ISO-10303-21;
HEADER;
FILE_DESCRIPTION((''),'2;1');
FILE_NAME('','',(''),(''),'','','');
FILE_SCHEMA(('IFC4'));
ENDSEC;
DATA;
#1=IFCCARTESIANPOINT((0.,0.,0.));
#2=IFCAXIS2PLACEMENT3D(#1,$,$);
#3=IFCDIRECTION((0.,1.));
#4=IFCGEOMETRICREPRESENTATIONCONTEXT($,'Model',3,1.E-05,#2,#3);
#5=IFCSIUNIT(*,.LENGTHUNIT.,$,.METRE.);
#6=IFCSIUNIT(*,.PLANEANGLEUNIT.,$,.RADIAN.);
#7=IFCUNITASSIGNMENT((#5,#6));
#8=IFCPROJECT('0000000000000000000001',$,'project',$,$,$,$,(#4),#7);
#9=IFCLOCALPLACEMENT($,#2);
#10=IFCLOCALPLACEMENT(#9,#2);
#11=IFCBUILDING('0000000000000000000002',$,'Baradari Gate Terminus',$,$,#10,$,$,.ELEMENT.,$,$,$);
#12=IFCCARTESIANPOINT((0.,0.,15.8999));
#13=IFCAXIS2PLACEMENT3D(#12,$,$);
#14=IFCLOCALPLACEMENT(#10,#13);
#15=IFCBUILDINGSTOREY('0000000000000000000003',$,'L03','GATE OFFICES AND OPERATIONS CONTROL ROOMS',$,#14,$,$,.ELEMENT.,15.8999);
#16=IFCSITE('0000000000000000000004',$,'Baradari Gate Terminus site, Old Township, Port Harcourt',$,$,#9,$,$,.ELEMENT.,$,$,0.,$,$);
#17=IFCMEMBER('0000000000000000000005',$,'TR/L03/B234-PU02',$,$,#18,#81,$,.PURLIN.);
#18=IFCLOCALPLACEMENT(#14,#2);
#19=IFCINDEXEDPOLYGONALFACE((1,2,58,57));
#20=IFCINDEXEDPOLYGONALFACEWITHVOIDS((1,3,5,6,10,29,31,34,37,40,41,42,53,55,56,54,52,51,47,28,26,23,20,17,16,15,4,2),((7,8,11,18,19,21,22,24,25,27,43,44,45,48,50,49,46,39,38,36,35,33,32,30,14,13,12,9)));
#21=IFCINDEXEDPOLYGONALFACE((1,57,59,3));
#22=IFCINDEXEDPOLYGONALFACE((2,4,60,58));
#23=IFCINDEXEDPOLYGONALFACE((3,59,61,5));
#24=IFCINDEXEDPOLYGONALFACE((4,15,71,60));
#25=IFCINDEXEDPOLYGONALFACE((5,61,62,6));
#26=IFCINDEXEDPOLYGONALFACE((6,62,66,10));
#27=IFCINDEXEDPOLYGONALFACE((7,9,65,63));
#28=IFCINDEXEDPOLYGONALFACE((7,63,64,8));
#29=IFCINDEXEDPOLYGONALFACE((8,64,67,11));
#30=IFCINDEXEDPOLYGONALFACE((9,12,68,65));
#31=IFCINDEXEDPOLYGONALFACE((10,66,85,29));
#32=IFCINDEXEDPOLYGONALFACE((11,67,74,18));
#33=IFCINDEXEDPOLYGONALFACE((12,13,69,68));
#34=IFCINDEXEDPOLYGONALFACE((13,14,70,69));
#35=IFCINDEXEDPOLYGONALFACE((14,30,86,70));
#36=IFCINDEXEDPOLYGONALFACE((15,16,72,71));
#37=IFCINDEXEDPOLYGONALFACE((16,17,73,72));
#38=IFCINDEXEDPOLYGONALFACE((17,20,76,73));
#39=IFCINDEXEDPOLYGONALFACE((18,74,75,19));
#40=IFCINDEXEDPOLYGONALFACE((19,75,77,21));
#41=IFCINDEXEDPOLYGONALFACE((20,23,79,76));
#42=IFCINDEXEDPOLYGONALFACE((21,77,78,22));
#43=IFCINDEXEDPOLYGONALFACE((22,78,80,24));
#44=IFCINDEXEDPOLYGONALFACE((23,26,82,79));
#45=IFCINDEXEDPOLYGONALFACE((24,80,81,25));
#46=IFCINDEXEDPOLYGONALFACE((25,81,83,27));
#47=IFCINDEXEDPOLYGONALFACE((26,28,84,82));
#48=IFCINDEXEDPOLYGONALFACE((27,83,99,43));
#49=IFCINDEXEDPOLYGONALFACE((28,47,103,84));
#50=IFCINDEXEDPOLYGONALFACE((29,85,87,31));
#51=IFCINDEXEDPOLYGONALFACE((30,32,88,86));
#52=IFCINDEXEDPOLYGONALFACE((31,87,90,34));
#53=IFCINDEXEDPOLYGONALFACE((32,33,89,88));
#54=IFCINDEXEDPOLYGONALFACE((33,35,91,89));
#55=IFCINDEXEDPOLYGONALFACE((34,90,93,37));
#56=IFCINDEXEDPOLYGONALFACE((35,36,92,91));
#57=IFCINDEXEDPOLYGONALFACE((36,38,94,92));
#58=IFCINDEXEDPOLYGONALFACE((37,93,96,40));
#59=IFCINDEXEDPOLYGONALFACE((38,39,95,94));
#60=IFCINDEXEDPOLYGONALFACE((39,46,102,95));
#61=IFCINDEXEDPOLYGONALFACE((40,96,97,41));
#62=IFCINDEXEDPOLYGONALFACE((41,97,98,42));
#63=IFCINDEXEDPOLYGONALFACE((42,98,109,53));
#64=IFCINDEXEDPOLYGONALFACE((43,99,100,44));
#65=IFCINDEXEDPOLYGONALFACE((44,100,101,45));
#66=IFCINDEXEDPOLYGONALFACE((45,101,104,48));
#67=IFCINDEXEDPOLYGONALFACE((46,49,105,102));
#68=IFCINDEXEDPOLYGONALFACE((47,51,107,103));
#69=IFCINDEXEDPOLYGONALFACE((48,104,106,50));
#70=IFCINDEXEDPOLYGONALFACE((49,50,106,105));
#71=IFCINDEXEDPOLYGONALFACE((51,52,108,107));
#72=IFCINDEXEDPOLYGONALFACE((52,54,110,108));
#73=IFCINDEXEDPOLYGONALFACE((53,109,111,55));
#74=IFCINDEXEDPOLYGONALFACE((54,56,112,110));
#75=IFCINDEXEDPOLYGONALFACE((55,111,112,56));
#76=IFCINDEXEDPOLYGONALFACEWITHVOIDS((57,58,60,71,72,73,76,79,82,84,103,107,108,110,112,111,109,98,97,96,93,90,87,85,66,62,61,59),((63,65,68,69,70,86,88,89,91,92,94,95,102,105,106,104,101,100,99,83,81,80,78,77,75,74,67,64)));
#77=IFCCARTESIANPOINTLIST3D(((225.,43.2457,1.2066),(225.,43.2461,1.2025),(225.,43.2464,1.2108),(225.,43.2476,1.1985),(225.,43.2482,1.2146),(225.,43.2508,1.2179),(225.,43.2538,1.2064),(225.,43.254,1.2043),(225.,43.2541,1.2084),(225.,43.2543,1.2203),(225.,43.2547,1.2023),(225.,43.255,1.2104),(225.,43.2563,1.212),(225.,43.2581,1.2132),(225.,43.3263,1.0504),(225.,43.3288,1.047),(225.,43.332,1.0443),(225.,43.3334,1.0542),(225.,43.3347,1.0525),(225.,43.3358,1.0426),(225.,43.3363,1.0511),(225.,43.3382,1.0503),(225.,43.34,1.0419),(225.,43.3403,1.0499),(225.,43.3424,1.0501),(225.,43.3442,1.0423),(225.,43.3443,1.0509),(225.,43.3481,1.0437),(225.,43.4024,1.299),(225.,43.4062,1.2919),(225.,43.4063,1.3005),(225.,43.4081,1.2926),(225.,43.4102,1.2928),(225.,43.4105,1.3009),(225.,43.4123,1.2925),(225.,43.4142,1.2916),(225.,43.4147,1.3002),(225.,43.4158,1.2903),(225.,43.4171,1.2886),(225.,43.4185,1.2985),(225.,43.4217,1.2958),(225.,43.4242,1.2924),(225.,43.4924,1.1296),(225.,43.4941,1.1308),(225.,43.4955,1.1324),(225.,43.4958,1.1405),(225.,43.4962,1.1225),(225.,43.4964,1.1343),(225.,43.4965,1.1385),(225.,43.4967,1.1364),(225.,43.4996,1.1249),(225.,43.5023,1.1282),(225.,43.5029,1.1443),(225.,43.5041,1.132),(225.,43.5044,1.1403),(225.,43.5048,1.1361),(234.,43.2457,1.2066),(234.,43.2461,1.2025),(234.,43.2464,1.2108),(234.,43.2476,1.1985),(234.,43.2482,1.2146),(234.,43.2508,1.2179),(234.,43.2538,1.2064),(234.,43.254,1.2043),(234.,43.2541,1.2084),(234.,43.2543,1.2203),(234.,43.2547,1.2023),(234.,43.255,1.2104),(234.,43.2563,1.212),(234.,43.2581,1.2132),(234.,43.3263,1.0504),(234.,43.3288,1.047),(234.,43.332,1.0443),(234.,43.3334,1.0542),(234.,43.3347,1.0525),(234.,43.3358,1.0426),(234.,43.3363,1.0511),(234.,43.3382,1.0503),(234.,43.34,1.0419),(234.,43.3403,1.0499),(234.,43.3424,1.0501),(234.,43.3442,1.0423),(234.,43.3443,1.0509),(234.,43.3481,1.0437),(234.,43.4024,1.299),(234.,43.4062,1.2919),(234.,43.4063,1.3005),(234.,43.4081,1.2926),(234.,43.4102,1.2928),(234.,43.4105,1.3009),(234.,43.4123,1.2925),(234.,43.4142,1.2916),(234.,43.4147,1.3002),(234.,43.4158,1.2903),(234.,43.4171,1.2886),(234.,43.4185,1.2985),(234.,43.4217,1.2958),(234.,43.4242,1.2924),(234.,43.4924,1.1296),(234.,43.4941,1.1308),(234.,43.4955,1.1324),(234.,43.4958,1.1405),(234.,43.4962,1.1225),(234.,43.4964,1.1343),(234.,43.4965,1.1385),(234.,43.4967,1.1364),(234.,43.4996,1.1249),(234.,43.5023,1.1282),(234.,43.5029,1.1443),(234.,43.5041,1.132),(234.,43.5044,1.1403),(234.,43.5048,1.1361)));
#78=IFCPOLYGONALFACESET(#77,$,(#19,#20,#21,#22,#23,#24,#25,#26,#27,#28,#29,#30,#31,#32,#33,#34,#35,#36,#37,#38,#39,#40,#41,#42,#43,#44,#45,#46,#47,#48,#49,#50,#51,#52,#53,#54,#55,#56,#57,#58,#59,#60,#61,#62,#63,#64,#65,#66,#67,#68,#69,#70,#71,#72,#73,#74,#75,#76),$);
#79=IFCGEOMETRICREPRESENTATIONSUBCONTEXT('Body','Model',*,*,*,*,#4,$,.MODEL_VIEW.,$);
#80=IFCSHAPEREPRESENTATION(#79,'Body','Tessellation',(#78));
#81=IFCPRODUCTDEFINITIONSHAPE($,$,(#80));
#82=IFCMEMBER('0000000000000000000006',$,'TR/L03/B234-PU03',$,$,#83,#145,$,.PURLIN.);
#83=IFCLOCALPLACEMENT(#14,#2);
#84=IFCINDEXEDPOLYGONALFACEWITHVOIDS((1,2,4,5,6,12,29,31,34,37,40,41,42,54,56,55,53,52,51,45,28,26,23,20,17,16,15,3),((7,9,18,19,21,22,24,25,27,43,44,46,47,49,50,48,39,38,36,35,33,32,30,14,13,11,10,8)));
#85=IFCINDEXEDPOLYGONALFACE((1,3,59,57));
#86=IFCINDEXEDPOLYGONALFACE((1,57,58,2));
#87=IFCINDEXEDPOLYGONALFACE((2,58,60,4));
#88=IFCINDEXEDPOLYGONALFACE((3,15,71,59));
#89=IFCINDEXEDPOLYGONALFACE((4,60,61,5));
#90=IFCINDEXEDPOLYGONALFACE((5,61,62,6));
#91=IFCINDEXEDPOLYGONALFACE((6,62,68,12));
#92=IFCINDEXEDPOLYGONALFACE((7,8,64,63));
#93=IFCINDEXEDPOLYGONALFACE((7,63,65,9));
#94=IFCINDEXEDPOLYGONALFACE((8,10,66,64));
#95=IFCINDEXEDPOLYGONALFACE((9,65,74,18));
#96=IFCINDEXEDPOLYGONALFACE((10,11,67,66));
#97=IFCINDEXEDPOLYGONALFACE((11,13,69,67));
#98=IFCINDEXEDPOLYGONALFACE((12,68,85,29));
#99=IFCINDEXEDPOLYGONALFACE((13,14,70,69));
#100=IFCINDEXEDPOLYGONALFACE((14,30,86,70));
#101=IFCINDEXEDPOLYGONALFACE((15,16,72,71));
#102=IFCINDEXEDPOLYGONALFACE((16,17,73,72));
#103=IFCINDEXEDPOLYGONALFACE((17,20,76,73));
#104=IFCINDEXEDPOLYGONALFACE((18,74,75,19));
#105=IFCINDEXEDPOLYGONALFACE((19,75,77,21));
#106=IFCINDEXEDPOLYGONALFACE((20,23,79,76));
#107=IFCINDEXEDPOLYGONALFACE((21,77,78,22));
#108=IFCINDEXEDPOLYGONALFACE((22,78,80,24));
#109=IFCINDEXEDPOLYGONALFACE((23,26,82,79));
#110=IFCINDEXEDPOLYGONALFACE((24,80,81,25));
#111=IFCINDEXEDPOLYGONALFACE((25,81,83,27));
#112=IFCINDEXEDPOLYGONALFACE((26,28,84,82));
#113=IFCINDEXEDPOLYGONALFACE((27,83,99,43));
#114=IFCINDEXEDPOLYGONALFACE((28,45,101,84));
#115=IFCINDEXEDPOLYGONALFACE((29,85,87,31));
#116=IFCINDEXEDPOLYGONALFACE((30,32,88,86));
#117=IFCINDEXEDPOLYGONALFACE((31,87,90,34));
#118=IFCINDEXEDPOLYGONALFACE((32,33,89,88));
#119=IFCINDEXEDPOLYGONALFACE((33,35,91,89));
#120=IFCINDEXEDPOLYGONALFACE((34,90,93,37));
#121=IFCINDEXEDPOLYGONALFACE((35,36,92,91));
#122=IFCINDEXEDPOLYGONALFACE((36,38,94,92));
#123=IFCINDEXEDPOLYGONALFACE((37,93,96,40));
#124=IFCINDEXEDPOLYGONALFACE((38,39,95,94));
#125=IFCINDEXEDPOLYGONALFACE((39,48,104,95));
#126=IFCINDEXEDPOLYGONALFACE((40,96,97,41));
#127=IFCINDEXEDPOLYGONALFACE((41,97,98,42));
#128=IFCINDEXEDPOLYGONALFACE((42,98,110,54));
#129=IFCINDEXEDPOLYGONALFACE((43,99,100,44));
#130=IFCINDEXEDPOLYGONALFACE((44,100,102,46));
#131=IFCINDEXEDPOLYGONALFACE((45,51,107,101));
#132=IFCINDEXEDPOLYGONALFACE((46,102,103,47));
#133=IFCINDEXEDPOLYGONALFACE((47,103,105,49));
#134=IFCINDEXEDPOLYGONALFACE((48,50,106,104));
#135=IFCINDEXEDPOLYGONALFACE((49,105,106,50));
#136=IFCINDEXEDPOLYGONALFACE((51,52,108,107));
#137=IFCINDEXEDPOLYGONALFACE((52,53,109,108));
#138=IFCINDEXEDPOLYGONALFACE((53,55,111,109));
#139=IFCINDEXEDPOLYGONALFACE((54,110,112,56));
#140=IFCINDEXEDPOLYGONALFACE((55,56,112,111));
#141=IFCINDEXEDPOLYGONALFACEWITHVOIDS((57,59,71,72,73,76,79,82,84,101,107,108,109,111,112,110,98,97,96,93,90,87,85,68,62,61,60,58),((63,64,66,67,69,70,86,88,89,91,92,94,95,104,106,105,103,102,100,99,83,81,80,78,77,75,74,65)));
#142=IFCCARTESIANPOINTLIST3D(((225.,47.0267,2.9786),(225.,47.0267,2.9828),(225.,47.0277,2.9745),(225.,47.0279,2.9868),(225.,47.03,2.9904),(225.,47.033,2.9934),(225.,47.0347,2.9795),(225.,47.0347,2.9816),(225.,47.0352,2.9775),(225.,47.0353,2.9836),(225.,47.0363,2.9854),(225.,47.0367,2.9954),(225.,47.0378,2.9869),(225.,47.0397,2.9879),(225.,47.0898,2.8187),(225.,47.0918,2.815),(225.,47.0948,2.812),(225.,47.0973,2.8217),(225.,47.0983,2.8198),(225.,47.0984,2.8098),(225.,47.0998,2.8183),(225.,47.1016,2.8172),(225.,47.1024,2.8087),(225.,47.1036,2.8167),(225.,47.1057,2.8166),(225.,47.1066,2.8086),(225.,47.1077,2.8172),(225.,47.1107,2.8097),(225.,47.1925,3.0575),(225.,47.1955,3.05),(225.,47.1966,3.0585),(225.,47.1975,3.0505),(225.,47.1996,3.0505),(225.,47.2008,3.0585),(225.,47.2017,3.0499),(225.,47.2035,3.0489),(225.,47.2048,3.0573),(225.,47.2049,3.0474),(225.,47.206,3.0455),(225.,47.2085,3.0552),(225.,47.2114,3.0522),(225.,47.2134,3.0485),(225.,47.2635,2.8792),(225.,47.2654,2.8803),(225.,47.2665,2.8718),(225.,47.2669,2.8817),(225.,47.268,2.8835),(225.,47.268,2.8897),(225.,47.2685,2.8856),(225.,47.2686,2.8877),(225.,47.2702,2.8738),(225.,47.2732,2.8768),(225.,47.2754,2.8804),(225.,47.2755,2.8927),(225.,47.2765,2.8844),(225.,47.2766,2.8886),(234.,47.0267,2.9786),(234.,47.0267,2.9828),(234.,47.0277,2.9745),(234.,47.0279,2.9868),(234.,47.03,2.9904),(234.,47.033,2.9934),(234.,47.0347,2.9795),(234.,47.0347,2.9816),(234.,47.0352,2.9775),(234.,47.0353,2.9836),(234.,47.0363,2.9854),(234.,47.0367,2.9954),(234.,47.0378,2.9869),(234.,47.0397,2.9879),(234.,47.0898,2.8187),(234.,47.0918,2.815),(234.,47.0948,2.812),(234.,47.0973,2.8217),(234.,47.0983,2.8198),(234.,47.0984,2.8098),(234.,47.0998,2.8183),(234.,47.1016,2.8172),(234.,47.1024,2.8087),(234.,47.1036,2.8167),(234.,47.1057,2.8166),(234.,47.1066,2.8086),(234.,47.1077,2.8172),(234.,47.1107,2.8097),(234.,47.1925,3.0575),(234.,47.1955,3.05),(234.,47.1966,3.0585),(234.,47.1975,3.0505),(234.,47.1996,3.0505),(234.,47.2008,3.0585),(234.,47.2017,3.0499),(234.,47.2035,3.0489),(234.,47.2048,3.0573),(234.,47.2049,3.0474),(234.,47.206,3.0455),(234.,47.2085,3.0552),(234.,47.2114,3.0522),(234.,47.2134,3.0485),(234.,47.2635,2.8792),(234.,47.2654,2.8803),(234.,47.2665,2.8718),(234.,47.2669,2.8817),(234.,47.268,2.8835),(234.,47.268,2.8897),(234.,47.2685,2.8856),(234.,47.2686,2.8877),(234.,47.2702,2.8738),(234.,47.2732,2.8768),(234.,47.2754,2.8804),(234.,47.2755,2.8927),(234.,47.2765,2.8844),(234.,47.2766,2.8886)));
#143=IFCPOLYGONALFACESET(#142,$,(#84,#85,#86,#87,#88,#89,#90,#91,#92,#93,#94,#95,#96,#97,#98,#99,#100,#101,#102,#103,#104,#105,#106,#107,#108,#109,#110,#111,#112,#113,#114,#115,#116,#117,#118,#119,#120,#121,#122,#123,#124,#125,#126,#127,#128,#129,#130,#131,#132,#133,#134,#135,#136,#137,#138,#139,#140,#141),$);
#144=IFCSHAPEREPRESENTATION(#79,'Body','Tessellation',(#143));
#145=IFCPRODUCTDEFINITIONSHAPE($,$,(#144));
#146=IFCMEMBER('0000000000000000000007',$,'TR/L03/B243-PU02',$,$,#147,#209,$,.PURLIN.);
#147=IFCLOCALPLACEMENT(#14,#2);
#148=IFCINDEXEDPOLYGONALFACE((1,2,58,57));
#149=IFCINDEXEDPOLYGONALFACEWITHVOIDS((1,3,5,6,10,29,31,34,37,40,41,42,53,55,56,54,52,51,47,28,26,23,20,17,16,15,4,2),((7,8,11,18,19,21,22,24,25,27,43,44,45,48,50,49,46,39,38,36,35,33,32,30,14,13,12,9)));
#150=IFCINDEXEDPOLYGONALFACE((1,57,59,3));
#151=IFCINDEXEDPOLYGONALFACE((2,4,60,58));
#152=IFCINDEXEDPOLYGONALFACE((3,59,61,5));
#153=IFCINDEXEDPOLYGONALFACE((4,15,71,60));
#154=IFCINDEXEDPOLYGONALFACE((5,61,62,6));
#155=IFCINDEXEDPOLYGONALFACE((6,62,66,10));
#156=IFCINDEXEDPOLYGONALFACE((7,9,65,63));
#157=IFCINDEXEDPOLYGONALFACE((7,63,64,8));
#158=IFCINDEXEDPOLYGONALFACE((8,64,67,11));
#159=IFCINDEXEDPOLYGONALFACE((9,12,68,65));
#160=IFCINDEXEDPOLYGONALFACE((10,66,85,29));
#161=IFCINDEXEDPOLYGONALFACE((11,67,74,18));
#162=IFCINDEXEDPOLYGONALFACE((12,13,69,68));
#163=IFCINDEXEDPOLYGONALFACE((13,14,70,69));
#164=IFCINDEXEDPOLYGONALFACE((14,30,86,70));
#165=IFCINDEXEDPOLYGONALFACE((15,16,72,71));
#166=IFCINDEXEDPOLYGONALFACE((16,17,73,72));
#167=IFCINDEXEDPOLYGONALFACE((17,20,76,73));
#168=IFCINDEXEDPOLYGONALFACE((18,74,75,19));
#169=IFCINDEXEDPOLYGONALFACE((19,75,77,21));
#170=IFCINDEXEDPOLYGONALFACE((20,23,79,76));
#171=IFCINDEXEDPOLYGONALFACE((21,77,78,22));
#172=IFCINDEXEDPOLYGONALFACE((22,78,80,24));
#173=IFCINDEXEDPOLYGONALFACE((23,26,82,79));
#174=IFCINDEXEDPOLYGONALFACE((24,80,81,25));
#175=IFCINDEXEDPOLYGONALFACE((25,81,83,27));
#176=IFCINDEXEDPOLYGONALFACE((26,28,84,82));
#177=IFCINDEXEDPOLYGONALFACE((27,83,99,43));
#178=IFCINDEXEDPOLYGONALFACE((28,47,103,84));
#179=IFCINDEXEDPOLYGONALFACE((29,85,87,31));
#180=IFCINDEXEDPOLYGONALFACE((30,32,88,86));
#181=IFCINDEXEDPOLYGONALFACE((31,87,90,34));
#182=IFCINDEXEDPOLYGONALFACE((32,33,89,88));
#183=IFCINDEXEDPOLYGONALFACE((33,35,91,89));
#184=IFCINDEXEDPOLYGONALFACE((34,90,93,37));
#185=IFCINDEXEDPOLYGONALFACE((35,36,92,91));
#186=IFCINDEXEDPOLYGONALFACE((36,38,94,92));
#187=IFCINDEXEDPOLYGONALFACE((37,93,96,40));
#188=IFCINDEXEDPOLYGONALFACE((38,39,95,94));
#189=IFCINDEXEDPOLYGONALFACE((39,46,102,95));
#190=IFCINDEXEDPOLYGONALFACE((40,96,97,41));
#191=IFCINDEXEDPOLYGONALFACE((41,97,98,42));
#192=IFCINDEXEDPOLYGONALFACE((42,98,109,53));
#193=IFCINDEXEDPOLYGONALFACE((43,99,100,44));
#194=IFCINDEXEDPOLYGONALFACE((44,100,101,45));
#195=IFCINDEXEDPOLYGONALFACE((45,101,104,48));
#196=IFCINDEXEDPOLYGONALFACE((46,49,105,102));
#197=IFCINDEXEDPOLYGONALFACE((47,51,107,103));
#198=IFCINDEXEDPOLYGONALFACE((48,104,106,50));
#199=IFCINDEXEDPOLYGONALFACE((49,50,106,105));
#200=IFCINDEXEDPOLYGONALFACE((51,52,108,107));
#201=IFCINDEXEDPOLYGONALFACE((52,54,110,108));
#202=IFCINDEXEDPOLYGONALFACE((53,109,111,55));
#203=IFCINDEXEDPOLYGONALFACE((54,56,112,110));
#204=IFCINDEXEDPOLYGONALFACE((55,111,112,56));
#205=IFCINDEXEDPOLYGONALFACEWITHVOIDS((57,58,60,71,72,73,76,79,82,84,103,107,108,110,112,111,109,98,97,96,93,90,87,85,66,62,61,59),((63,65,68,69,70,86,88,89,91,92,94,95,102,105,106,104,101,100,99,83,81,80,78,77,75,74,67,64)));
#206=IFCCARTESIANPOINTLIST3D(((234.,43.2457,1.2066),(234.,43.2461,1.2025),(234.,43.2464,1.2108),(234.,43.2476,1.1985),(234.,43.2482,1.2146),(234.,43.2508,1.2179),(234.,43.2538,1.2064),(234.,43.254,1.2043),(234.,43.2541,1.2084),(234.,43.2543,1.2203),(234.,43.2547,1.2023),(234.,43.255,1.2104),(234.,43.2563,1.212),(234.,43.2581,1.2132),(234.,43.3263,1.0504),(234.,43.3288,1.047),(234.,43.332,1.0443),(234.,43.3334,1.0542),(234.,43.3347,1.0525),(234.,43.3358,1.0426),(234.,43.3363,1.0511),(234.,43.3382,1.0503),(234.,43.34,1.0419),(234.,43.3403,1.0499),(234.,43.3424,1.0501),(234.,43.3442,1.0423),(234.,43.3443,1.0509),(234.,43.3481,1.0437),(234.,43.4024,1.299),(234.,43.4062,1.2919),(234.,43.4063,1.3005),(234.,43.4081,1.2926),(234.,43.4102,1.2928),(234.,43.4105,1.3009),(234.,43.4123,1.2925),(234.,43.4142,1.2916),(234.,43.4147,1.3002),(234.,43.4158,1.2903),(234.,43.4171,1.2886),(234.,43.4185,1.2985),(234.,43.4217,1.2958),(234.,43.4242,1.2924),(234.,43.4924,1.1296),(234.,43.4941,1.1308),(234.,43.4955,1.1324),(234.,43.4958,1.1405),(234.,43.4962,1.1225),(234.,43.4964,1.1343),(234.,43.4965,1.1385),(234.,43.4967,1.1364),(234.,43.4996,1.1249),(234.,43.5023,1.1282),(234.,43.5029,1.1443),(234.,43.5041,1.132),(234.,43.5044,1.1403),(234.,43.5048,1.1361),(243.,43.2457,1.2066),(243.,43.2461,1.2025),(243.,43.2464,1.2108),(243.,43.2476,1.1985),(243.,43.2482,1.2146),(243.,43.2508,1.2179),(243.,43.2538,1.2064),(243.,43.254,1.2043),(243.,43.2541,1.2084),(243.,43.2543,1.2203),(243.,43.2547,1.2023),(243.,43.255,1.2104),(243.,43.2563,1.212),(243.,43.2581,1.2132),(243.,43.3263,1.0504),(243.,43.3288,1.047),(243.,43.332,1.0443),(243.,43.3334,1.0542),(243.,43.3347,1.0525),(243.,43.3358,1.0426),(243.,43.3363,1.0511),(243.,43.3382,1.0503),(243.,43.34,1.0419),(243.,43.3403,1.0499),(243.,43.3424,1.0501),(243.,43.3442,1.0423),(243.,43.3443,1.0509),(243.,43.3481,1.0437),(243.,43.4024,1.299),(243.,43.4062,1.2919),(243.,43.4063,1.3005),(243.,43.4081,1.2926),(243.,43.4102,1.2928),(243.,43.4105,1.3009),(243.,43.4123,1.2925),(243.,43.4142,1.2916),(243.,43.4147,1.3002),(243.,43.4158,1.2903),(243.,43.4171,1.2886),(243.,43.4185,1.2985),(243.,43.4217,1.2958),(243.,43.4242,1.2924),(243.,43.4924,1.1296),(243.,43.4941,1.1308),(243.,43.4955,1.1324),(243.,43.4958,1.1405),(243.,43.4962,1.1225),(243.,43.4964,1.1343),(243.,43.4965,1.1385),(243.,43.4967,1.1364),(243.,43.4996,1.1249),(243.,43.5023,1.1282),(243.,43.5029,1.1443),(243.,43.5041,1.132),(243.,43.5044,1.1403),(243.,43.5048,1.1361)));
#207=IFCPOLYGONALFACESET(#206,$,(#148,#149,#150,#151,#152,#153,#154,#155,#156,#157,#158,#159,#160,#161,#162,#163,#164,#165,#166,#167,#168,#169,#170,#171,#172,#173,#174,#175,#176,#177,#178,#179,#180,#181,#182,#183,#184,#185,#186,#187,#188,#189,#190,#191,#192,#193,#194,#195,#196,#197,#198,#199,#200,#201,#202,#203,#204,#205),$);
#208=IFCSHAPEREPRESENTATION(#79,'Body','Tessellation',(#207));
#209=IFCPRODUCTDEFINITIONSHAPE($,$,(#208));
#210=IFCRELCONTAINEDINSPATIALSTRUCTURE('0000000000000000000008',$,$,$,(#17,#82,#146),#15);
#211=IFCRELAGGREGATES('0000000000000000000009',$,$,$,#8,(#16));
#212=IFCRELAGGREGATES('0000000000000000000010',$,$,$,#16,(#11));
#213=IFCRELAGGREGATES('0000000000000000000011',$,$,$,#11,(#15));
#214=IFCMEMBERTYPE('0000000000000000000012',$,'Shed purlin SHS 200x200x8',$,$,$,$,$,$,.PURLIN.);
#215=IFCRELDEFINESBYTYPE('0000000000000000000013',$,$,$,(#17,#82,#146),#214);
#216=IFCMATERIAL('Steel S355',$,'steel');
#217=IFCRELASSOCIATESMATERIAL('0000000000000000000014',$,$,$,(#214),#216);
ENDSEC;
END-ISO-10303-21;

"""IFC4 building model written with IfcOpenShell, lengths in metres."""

from ifc_helpers import new_model, si_unit, direction, frame, origin, origin_2d, place, context, subcontext, project, spatial, hollow_rectangle, extrude, material, material_profile, profile_set, type_object, element, save


model = new_model("IFC4")

# Units and contexts
model_context = context("Model", 3, precision=1e-05, world=origin(), true_north=direction((0.0, 1.0)))
body_context = subcontext(model_context, "Body", "Model", "MODEL_VIEW")
ifc_project = project(units=[si_unit("LENGTHUNIT", "METRE"), si_unit("PLANEANGLEUNIT", "RADIAN")], contexts=[model_context])

# Site, building, storey
site_placement = place(None, origin())
site = spatial("IfcSite", under=ifc_project, at=site_placement, Name="Baradari Gate Terminus site, Old Township, Port Harcourt", CompositionType="ELEMENT", RefElevation=0.0)
building_placement = place(site_placement, origin())
building = spatial("IfcBuilding", under=site, at=building_placement, Name="Baradari Gate Terminus", CompositionType="ELEMENT")
storey_placement = place(building_placement, frame((0.0, 0.0, 15.8999)))
storey = spatial("IfcBuildingStorey", under=building, at=storey_placement, Name="L03", Description="GATE OFFICES AND OPERATIONS CONTROL ROOMS", CompositionType="ELEMENT", Elevation=15.8999)

# Members
ifc_material_1 = material(Name="Steel S355", Category="steel")
ifc_material_profile_1 = material_profile(ifc_material_1, hollow_rectangle(XDim=0.2, YDim=0.2, WallThickness=0.0081, InnerFilletRadius=0.0081, OuterFilletRadius=0.0161, at=origin_2d()), Name="SHS 200x200x8")
ifc_profile_set_1 = profile_set([ifc_material_profile_1], Name="Steel S355")
member_type_1 = type_object("IfcMemberType", Name="Shed purlin SHS 200x200x8", PredefinedType="PURLIN", material=ifc_profile_set_1)
for number, where, z_axis, x_axis, name in (
    (1, (225.0, 43.3752, 1.1714), (1.0, 0.0, 0.0), (0.0, 0.883027, 0.469322), "TR/L03/B234-PU02"),
    (2, (225.0, 47.1516, 2.9336), (1.0, 0.0, 0.0), (0.0, 0.928965, 0.370167), "TR/L03/B234-PU03"),
    (3, (234.0, 43.3752, 1.1714), (1.0, 0.0, 0.0), (0.0, 0.883027, 0.469322), "TR/L03/B243-PU02"),
):
    element("IfcMember", number, at=place(storey_placement, frame(where, z_axis=z_axis, x_axis=x_axis)), inside=storey, type_object=member_type_1, Name=name, PredefinedType="PURLIN", context=body_context, shape_type="SweptSolid", body=[
        extrude(hollow_rectangle(XDim=0.2, YDim=0.2, WallThickness=0.0081, InnerFilletRadius=0.0081, OuterFilletRadius=0.0161, at=origin_2d()), origin(), (0.0, 0.0, 1.0), 9.0),
    ])

save(model, "model.ifc")
